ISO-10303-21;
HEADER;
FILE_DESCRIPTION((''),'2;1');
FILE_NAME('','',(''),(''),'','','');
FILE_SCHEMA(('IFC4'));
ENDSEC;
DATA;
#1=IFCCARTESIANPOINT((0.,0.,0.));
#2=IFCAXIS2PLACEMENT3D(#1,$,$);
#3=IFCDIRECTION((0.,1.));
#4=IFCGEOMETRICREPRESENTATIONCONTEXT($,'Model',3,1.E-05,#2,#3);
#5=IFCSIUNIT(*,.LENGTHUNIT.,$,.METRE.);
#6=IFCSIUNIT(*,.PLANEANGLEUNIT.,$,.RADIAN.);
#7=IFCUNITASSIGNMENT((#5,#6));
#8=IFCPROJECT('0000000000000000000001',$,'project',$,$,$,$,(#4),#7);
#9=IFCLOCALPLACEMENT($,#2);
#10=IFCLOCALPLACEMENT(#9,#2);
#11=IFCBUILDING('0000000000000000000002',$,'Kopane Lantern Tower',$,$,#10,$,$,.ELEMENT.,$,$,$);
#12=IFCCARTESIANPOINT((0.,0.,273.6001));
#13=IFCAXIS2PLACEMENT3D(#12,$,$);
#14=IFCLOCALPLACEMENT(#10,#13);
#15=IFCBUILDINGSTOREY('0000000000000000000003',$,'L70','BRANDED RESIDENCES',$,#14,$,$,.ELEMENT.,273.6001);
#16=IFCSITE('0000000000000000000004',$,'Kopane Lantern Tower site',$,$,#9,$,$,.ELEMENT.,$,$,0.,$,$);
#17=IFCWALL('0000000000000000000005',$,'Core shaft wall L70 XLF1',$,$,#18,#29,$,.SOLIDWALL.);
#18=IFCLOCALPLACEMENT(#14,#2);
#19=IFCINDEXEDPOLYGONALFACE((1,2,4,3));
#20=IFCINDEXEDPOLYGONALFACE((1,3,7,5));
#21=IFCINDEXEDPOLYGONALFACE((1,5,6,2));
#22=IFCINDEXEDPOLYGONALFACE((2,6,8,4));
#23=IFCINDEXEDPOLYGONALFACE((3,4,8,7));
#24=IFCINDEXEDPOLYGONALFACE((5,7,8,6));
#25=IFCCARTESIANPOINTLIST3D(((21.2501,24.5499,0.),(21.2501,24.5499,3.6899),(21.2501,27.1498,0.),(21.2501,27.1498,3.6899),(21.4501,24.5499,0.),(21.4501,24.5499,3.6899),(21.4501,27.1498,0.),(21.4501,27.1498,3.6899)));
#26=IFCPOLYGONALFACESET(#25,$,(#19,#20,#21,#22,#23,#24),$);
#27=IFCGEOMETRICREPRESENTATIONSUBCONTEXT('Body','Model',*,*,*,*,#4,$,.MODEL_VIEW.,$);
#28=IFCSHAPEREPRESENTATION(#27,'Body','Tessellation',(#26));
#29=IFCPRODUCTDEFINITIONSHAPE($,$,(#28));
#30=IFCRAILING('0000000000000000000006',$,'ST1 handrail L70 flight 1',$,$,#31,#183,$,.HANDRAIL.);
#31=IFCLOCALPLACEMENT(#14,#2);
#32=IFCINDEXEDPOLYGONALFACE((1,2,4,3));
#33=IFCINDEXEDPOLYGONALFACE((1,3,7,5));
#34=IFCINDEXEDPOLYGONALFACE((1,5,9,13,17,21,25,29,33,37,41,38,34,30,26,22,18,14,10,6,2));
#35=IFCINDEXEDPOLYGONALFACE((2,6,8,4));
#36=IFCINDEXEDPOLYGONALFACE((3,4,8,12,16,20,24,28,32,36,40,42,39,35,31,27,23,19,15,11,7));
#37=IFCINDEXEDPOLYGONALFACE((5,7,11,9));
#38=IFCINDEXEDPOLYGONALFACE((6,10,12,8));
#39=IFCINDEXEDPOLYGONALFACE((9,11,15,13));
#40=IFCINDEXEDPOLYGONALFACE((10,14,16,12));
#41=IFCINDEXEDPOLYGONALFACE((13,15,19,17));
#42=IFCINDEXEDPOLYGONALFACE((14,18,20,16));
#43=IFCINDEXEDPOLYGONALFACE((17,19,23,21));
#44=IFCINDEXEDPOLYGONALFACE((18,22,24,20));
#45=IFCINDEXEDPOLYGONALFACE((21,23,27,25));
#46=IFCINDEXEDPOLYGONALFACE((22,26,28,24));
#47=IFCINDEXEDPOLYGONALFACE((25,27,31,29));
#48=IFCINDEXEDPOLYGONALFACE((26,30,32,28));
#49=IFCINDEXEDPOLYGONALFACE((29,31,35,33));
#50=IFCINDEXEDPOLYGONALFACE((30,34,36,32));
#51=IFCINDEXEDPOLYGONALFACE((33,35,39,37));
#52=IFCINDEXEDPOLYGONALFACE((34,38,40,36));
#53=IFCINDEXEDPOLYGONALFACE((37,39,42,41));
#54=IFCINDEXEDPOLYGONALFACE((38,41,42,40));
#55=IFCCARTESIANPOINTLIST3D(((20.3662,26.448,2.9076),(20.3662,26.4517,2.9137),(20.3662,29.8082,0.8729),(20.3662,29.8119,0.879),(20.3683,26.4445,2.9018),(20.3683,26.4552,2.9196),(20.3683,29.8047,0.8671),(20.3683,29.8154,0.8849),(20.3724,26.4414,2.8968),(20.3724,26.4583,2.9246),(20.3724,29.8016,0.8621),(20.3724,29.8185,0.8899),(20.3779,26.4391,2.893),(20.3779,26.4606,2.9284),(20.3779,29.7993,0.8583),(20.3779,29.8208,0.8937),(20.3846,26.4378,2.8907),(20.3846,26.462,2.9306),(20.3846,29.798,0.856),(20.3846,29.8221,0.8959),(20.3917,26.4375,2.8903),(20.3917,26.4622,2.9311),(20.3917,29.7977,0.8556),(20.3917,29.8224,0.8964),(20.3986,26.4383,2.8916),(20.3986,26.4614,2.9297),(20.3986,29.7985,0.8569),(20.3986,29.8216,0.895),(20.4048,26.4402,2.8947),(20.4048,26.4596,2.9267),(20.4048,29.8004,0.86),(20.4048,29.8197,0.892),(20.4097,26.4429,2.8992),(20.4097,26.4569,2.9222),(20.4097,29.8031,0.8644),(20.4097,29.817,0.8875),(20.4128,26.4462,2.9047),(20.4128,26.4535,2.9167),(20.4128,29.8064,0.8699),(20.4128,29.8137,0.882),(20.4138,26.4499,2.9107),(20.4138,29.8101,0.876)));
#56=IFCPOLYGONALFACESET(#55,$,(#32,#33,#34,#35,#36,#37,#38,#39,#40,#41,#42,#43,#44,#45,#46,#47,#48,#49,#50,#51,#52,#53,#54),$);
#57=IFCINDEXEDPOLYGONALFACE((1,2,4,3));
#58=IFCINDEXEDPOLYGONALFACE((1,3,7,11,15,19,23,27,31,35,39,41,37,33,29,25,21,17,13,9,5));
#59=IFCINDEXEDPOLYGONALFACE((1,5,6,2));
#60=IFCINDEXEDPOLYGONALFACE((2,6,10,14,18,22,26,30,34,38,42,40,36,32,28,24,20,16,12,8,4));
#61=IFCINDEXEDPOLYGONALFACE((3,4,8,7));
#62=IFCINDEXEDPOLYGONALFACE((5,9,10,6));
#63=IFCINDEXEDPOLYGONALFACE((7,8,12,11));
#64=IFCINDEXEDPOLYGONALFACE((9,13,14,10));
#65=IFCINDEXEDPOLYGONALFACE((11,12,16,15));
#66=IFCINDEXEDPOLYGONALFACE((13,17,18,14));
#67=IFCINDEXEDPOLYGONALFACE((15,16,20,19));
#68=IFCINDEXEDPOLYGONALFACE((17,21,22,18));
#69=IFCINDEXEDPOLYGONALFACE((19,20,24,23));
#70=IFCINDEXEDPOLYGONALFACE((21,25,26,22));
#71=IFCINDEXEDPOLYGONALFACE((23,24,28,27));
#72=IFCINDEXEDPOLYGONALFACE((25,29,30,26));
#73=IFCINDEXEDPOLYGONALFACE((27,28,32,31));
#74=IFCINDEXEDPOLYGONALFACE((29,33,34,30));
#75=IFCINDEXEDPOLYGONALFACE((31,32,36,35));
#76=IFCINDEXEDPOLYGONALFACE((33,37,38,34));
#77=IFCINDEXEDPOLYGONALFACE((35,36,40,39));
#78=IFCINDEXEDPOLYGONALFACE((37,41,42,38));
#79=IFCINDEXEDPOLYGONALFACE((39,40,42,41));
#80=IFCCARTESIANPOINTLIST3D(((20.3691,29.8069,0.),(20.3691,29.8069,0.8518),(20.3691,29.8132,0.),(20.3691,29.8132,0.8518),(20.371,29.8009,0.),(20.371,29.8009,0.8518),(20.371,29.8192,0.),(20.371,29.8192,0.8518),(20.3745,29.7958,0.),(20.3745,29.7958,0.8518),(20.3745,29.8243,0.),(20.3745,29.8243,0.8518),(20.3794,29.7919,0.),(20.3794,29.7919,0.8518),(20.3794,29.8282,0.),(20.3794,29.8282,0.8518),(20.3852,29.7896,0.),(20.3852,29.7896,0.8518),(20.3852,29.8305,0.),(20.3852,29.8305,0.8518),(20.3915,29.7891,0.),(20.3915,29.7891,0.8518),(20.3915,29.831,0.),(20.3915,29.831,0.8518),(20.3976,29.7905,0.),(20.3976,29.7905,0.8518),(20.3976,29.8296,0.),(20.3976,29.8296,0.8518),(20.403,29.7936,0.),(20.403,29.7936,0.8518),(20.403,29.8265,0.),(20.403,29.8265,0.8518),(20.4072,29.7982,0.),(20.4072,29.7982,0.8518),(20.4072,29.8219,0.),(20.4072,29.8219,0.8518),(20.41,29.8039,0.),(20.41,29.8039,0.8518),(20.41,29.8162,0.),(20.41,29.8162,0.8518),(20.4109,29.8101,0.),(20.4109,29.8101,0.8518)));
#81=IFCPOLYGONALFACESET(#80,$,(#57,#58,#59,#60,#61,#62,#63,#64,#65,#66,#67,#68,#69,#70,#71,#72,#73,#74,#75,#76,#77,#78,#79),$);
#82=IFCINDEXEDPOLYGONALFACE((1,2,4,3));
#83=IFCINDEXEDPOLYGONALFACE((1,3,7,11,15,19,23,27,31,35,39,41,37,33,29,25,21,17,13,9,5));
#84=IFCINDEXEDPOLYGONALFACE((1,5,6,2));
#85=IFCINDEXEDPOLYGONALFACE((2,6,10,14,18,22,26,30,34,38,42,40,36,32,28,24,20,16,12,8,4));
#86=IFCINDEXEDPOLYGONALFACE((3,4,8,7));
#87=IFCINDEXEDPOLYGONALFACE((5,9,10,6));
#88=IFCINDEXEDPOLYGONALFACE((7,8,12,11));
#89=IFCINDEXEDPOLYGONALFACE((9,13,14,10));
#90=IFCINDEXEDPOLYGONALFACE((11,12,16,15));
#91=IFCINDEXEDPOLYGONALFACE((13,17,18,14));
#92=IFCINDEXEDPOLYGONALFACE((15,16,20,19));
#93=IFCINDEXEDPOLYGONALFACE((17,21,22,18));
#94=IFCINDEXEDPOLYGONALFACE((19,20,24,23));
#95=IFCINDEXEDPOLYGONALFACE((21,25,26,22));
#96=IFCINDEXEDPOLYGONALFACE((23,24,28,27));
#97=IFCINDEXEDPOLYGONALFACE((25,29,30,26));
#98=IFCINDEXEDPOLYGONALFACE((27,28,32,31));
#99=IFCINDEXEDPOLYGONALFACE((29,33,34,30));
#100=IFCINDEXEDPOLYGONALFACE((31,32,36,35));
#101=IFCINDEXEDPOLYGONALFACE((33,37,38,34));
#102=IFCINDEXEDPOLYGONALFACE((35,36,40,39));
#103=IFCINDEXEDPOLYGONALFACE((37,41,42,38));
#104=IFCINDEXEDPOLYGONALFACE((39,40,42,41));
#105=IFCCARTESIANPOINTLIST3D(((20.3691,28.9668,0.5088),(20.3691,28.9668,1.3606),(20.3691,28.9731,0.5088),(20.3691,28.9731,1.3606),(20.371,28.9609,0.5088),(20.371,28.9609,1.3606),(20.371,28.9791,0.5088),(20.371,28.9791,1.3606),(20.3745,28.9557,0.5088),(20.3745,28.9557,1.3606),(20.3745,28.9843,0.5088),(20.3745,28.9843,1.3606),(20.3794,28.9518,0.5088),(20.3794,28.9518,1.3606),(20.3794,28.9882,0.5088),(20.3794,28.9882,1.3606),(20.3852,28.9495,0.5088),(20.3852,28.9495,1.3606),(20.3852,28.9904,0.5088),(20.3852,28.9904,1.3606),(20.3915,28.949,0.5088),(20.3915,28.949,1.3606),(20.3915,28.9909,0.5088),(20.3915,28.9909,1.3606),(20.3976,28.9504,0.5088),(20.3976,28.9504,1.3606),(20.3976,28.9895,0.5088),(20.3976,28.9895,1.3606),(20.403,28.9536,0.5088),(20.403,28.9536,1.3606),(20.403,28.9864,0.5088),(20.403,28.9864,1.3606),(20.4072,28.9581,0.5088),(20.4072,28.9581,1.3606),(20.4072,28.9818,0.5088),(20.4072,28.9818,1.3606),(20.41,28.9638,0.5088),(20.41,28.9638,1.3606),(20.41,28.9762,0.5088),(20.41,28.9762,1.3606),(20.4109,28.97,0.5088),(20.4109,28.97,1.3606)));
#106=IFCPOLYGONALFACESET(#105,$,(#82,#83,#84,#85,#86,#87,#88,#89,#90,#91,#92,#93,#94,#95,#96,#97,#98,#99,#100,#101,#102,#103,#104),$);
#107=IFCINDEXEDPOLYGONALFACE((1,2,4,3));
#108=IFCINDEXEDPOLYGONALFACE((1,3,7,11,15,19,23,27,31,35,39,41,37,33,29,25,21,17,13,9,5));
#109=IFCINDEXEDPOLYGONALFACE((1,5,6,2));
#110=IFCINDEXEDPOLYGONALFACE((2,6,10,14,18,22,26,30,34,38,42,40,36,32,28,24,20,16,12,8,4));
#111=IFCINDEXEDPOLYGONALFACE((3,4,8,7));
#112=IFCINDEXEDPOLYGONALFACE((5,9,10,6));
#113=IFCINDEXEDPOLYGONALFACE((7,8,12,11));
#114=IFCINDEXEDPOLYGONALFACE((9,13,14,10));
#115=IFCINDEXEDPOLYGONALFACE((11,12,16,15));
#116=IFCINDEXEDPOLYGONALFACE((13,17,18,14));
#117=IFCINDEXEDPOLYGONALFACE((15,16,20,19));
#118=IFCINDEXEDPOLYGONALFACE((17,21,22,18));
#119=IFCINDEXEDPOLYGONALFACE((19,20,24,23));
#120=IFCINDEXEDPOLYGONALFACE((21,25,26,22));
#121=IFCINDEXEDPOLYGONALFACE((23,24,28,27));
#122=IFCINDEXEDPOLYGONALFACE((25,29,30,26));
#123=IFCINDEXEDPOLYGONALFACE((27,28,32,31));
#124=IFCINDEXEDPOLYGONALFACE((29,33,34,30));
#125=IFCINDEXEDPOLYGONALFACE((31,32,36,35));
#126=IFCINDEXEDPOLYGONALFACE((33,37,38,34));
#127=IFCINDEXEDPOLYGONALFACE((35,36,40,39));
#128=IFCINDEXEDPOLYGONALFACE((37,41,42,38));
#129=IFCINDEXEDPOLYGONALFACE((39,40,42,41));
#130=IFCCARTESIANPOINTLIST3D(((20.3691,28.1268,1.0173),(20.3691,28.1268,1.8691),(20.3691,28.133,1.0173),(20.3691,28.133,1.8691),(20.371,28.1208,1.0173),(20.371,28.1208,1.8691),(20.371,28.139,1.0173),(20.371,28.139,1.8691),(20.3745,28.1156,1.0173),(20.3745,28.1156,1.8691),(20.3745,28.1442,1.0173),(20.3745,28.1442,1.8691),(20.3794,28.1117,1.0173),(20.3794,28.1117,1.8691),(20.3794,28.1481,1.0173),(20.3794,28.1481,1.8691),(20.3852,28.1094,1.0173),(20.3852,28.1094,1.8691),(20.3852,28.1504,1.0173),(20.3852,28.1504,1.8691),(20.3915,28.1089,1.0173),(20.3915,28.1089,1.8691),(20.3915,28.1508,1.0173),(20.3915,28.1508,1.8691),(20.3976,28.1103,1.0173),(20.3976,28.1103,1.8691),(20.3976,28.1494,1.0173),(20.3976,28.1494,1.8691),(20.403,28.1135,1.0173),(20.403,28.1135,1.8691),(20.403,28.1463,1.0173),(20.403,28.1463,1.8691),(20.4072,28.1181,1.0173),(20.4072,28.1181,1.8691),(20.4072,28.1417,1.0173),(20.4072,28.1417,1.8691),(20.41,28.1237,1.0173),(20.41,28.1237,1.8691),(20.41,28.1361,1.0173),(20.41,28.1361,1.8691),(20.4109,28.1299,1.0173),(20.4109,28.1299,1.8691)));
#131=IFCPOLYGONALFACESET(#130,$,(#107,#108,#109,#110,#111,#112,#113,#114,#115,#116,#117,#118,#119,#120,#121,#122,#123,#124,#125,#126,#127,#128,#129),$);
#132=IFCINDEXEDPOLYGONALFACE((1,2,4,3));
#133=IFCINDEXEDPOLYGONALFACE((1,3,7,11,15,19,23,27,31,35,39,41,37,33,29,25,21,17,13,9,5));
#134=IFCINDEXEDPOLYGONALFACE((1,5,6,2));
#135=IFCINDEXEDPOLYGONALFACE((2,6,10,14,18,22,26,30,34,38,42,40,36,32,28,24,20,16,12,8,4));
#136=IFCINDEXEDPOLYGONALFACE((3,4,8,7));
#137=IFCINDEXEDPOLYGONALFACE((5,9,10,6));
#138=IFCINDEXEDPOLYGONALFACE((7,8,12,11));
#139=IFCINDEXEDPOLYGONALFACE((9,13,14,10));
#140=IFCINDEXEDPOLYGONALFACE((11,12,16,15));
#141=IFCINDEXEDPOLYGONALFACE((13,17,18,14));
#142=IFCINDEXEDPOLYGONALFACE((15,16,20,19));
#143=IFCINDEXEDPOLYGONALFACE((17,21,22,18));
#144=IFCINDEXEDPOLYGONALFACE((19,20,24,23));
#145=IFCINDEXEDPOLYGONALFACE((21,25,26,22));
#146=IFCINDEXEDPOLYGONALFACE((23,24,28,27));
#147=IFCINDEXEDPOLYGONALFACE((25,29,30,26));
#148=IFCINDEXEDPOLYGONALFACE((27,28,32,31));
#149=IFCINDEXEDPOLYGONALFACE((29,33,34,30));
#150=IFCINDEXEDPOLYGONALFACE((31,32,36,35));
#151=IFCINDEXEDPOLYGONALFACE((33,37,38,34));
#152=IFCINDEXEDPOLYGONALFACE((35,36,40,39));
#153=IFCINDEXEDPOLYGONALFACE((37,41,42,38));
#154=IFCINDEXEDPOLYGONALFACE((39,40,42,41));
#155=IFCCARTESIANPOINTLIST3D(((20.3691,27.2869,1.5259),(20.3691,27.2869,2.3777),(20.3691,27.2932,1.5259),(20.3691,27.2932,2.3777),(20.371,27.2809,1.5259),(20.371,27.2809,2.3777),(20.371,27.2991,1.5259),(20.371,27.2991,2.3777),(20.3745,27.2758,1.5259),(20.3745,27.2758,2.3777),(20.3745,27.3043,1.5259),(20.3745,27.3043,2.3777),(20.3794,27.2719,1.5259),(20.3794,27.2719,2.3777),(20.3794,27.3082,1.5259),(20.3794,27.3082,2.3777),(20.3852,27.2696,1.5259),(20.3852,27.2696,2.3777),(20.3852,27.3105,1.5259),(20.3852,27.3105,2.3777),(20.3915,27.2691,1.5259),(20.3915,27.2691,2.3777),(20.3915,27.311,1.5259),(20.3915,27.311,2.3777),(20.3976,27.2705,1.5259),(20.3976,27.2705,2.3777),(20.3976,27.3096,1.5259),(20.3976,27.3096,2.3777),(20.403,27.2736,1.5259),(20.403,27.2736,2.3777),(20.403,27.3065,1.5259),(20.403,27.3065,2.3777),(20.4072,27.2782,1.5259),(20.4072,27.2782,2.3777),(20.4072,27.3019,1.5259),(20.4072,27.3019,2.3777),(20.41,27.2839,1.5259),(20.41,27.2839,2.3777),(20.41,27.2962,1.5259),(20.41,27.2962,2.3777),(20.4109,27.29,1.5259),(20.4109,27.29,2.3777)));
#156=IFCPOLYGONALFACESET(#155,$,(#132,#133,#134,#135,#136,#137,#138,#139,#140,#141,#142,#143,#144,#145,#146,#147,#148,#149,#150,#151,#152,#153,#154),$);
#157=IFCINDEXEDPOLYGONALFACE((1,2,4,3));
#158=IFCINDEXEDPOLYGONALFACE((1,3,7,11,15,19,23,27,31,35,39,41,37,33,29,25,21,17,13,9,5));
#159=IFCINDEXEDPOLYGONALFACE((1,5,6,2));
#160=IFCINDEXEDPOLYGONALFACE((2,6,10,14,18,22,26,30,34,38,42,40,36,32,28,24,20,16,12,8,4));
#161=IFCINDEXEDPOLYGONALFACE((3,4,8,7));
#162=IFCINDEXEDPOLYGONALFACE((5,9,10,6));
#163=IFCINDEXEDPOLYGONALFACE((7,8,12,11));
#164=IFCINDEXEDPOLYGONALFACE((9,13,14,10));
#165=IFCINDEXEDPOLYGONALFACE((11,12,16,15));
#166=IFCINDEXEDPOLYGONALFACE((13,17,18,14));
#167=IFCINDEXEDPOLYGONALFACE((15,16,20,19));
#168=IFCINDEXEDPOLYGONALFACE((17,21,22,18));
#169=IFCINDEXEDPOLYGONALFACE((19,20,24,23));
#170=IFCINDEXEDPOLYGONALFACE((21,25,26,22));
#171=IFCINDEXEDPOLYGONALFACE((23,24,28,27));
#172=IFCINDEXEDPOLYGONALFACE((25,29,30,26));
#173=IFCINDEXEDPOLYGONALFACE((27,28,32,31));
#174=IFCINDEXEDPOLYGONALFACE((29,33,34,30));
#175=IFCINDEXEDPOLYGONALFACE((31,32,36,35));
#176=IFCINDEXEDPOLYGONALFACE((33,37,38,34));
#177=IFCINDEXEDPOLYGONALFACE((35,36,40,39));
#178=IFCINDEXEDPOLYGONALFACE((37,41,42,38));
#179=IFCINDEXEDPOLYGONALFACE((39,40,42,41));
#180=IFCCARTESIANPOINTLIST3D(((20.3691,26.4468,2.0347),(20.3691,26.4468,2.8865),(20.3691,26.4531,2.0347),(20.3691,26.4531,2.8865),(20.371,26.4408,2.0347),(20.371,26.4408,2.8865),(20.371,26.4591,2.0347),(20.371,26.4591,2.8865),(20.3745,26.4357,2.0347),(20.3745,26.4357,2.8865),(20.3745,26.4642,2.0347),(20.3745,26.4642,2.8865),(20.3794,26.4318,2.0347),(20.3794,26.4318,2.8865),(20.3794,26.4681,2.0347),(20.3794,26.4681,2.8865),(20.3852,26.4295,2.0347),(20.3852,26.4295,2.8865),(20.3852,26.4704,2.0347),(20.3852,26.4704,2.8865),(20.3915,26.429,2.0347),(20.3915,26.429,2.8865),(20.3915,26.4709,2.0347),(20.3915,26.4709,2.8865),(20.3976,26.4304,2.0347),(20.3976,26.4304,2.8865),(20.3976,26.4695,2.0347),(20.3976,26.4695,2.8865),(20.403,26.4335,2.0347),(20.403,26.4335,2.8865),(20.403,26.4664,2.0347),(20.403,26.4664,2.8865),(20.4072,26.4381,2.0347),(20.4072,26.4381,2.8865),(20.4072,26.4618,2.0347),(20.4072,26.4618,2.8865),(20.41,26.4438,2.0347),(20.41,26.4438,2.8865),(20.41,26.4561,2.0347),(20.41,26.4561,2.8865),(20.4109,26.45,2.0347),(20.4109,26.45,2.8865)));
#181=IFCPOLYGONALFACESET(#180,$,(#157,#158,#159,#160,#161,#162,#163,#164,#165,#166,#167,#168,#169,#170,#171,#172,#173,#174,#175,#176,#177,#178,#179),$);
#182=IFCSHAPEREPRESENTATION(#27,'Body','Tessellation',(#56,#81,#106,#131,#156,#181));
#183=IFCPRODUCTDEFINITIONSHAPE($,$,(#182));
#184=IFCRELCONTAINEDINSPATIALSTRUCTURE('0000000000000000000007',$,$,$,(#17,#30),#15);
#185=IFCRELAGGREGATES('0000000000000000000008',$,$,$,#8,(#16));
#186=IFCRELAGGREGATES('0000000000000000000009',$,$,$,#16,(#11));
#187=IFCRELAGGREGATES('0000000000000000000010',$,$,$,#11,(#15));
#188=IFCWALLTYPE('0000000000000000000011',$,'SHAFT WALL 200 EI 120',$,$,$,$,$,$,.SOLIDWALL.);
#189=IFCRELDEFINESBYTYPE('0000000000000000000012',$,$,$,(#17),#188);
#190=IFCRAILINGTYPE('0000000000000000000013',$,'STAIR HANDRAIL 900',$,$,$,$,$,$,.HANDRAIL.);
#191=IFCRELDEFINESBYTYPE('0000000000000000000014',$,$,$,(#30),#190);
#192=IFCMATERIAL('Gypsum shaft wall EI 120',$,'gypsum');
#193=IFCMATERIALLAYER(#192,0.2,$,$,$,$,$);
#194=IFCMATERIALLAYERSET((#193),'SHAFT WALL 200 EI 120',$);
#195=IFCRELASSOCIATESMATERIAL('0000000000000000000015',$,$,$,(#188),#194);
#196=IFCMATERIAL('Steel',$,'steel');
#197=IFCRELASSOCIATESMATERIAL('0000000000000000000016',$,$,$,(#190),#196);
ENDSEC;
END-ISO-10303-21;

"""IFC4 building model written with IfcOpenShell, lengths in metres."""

from ifc_helpers import new_model, si_unit, direction, frame, frame_2d, origin, origin_2d, place, context, subcontext, project, spatial, rectangle, circle, extrude, material, layer, layer_set, type_object, element, save


model = new_model("IFC4")

# Units and contexts
model_context = context("Model", 3, precision=1e-05, world=origin(), true_north=direction((0.0, 1.0)))
body_context = subcontext(model_context, "Body", "Model", "MODEL_VIEW")
ifc_project = project(units=[si_unit("LENGTHUNIT", "METRE"), si_unit("PLANEANGLEUNIT", "RADIAN")], contexts=[model_context])

# Site, building, storey
site_placement = place(None, origin())
site = spatial("IfcSite", under=ifc_project, at=site_placement, Name="Kopane Lantern Tower site", CompositionType="ELEMENT", RefElevation=0.0)
building_placement = place(site_placement, origin())
building = spatial("IfcBuilding", under=site, at=building_placement, Name="Kopane Lantern Tower", CompositionType="ELEMENT")
storey_placement = place(building_placement, frame((0.0, 0.0, 273.6001)))
storey = spatial("IfcBuildingStorey", under=building, at=storey_placement, Name="L70", Description="BRANDED RESIDENCES", CompositionType="ELEMENT", Elevation=273.6001)

# Wall
ifc_material_1 = material(Name="Gypsum shaft wall EI 120", Category="gypsum")
ifc_layer_1 = layer(ifc_material_1, 0.2)
ifc_layer_set_1 = layer_set([ifc_layer_1], Name="SHAFT WALL 200 EI 120")
wall_type_1 = type_object("IfcWallType", Name="SHAFT WALL 200 EI 120", PredefinedType="SOLIDWALL", material=ifc_layer_set_1)
wall_1_placement = place(storey_placement, frame((21.3501, 24.55, 0.0), z_axis=(0.0, 0.0, 1.0), x_axis=(0.0, 1.0, 0.0)))
element("IfcWall", 1, at=wall_1_placement, inside=storey, type_object=wall_type_1, Name="Core shaft wall L70 XLF1", PredefinedType="SOLIDWALL", context=body_context, shape_type="SweptSolid", body=[
    extrude(rectangle(XDim=2.5999, YDim=0.2, at=frame_2d((1.2998, 0.0))), origin(), (0.0, 0.0, 1.0), 3.6899),
])

# Railing
ifc_material_2 = material(Name="Steel", Category="steel")
railing_type_1 = type_object("IfcRailingType", Name="STAIR HANDRAIL 900", PredefinedType="HANDRAIL", material=ifc_material_2)
for number, where, name in (
    (2, (20.3899, 29.8101, 0.0), "ST1 handrail L70 flight 1"),
):
    element("IfcRailing", number, at=place(storey_placement, frame(where)), inside=storey, type_object=railing_type_1, Name=name, PredefinedType="HANDRAIL", context=body_context, shape_type="SweptSolid", body=[
        extrude(circle(Radius=0.0239, at=origin_2d()), frame((0.0, 0.0, 0.876), z_axis=(0.0, -0.855396, 0.517974), x_axis=(1.0, 0.0, 0.0)), (0.0, 0.0, 1.0), 3.9282),
        extrude(circle(Radius=0.021, at=origin_2d()), origin(), (0.0, 0.0, 1.0), 0.8518),
        extrude(circle(Radius=0.021, at=origin_2d()), frame((0.0, -0.8401, 0.5088)), (0.0, 0.0, 1.0), 0.8518),
        extrude(circle(Radius=0.021, at=origin_2d()), frame((0.0, -1.6802, 1.0173)), (0.0, 0.0, 1.0), 0.8518),
        extrude(circle(Radius=0.021, at=origin_2d()), frame((0.0, -2.52, 1.5259)), (0.0, 0.0, 1.0), 0.8518),
        extrude(circle(Radius=0.021, at=origin_2d()), frame((0.0, -3.3601, 2.0347)), (0.0, 0.0, 1.0), 0.8518),
    ])

save(model, "model.ifc")
